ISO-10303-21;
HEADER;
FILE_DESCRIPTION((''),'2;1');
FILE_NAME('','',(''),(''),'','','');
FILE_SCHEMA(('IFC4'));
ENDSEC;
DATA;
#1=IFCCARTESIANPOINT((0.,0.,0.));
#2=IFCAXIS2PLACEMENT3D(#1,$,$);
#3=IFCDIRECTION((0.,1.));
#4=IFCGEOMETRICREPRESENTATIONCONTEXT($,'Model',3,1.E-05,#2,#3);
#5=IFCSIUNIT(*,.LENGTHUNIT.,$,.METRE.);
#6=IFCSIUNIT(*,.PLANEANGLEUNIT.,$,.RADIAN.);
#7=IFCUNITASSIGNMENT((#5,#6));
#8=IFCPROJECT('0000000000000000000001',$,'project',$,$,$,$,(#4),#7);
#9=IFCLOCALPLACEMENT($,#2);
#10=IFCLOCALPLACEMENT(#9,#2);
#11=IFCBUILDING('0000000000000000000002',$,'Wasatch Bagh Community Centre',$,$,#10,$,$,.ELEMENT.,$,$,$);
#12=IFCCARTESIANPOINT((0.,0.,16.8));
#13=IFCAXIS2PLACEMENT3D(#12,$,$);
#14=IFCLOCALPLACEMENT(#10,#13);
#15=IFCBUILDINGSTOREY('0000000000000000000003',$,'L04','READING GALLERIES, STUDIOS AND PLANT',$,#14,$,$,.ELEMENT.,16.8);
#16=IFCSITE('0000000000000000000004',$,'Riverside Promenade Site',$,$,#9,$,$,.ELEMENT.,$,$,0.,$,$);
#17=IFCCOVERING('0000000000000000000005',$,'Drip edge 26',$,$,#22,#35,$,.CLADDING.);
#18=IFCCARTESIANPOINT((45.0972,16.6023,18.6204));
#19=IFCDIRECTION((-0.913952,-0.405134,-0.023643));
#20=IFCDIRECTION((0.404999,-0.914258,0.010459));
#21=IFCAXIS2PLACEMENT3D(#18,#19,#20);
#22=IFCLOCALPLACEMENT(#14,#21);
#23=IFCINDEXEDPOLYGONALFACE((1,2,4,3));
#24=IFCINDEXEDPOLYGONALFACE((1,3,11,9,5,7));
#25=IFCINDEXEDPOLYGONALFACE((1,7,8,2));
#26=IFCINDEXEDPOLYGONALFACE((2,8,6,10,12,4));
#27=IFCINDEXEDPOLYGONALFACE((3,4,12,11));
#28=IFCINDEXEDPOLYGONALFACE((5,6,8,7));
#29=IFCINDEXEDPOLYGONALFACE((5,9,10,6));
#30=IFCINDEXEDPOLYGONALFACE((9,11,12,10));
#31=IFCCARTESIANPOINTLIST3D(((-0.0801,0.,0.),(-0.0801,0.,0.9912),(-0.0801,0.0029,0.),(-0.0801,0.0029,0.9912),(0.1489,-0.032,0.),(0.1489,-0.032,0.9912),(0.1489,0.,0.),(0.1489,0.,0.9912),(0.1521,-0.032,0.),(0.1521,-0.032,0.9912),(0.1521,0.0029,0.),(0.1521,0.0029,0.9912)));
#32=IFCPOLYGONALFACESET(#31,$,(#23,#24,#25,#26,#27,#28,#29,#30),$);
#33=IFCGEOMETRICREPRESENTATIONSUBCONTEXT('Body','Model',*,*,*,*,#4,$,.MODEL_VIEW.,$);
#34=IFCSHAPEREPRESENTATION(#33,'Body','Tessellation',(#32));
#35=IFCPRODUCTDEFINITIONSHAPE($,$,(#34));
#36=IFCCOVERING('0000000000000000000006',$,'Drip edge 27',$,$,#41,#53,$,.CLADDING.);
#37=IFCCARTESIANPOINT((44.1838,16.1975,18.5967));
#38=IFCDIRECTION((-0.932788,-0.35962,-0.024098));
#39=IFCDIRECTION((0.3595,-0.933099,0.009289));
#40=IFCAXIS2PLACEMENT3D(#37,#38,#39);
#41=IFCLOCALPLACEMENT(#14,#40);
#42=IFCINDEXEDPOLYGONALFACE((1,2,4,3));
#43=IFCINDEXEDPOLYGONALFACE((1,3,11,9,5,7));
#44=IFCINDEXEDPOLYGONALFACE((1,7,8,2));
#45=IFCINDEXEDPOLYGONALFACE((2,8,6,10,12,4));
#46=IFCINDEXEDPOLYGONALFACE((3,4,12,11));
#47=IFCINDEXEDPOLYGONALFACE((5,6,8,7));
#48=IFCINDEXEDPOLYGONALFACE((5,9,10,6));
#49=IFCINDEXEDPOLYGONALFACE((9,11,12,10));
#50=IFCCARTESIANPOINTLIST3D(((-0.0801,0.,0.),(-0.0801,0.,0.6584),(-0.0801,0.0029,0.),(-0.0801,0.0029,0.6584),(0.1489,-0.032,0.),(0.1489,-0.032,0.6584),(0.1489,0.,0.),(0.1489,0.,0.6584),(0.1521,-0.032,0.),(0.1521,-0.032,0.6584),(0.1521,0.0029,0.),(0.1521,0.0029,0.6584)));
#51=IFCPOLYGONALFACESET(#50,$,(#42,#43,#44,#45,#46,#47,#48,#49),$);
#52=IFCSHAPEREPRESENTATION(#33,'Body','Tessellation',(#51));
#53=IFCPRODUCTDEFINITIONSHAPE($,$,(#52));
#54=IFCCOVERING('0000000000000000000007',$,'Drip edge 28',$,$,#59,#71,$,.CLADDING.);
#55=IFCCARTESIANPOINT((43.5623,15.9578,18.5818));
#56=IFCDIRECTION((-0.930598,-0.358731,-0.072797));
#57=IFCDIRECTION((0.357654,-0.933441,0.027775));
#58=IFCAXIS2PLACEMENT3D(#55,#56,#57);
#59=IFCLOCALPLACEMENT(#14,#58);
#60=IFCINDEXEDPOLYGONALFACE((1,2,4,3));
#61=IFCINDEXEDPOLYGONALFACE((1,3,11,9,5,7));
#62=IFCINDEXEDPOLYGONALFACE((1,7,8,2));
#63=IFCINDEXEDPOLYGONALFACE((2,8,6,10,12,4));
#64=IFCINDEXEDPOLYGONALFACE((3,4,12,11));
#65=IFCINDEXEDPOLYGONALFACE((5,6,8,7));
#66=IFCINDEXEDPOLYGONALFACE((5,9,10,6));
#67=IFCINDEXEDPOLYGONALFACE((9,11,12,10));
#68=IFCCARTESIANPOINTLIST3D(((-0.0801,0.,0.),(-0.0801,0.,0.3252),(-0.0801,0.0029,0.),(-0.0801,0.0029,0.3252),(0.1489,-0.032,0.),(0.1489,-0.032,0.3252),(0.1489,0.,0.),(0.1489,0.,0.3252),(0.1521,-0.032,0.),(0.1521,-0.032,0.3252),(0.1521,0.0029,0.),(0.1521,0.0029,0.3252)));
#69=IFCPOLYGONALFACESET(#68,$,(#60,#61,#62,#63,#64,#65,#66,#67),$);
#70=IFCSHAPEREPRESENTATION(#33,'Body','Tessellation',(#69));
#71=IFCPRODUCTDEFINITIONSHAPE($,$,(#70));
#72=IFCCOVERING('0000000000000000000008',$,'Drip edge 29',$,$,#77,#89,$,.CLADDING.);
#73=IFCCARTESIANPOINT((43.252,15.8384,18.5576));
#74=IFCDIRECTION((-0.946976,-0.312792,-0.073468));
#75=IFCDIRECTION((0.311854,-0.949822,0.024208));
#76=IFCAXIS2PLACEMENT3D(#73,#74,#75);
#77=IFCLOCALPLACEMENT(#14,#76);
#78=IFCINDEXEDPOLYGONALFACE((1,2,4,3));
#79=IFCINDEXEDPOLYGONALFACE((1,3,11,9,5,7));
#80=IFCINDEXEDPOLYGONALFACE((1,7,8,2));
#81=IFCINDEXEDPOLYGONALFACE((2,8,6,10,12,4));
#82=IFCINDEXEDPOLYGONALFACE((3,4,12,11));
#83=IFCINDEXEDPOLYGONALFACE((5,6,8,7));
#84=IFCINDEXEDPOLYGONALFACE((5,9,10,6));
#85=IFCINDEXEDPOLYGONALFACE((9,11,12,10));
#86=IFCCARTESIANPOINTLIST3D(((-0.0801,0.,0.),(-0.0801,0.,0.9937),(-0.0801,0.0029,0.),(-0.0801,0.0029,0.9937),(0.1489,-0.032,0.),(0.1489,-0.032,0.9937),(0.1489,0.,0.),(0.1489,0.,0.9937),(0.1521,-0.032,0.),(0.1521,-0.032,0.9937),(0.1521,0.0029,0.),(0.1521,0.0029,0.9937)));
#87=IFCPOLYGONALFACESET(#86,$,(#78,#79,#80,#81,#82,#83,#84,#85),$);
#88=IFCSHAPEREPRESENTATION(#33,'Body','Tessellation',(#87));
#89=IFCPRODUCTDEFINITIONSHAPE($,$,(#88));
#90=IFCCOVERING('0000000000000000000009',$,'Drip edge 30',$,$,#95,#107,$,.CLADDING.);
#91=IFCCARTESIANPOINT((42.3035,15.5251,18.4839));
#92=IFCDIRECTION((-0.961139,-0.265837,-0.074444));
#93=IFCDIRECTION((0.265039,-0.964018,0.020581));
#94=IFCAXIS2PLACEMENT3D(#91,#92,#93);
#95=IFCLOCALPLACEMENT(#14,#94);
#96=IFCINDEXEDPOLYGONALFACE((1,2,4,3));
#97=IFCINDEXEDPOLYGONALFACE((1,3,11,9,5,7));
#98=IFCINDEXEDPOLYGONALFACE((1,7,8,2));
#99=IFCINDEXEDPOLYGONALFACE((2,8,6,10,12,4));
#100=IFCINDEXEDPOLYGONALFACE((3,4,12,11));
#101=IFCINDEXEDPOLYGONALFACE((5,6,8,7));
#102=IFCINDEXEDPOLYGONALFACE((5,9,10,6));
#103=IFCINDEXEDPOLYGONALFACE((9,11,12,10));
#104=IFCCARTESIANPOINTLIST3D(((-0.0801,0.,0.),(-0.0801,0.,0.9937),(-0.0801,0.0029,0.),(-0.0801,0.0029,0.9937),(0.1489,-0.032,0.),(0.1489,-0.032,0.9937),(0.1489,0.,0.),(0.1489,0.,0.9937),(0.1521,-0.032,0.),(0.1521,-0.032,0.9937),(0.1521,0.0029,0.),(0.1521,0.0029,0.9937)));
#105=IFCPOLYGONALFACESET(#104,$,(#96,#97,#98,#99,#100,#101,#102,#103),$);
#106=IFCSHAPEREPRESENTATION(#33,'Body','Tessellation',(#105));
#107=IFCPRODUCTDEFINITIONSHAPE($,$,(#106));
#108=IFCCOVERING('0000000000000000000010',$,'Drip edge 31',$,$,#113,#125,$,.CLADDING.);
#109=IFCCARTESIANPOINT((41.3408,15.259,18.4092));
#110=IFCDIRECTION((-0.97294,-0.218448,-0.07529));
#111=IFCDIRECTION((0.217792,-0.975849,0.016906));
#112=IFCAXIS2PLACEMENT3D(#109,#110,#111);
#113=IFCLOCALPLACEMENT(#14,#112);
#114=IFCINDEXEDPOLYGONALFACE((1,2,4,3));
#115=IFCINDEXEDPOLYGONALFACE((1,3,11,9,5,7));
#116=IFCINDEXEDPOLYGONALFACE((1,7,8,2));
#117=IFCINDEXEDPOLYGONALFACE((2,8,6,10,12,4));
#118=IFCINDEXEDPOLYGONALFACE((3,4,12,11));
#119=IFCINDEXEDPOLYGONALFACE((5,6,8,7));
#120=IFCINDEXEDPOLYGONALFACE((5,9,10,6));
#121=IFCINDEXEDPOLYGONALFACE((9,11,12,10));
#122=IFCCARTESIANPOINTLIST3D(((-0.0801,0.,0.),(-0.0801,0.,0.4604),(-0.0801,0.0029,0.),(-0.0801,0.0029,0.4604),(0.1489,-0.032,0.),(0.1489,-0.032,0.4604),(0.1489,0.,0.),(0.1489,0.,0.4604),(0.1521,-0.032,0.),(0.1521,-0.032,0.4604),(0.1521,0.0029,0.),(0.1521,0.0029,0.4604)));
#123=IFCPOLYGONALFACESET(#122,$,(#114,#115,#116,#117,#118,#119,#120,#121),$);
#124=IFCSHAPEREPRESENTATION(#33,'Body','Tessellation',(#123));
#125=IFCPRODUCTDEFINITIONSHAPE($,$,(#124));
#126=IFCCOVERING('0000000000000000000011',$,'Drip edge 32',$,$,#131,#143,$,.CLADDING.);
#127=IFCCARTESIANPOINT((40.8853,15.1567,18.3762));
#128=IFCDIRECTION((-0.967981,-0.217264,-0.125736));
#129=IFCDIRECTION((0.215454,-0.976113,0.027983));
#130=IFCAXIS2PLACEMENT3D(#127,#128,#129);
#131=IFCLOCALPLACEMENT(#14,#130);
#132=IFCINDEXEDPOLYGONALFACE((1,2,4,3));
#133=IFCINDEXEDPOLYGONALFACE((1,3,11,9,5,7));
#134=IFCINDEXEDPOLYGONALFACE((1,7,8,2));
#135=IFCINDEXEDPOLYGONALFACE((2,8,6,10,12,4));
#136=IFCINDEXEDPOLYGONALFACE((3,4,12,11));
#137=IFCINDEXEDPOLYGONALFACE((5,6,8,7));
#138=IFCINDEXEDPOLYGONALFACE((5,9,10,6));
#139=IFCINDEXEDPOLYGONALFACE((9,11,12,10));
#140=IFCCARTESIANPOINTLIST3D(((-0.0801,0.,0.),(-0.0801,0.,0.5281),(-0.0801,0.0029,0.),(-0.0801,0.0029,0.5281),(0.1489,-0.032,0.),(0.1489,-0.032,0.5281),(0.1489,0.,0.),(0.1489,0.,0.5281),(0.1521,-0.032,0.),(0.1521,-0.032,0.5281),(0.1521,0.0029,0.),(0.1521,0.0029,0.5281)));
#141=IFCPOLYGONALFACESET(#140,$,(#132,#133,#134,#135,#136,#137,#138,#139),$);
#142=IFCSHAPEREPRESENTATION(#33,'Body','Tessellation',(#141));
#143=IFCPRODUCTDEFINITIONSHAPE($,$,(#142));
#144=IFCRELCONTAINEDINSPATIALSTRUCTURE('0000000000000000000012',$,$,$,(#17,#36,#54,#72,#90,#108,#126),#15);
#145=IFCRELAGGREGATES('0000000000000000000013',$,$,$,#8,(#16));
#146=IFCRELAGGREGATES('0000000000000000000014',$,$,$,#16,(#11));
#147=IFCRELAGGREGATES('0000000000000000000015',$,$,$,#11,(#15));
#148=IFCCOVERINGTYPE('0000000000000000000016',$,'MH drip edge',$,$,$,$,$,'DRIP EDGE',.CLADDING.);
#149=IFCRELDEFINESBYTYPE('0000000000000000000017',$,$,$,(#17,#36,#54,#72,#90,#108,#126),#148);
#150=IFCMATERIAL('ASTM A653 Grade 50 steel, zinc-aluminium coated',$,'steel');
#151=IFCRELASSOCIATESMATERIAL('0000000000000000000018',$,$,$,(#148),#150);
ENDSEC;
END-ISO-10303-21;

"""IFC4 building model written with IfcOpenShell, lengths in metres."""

from ifc_helpers import new_model, si_unit, direction, frame, origin, place, context, subcontext, project, spatial, polyline, outline, extrude, material, material_profile, profile_set, type_object, element, save


model = new_model("IFC4")

# Units and contexts
model_context = context("Model", 3, precision=1e-05, world=origin(), true_north=direction((0.0, 1.0)))
body_context = subcontext(model_context, "Body", "Model", "MODEL_VIEW")
ifc_project = project(units=[si_unit("LENGTHUNIT", "METRE"), si_unit("PLANEANGLEUNIT", "RADIAN")], contexts=[model_context])

# Site, building, storey
site_placement = place(None, origin())
site = spatial("IfcSite", under=ifc_project, at=site_placement, Name="Riverside Promenade Site", CompositionType="ELEMENT", RefElevation=0.0)
building_placement = place(site_placement, origin())
building = spatial("IfcBuilding", under=site, at=building_placement, Name="Wasatch Bagh Community Centre", CompositionType="ELEMENT")
storey_placement = place(building_placement, frame((0.0, 0.0, 16.8)))
storey = spatial("IfcBuildingStorey", under=building, at=storey_placement, Name="L04", Description="READING GALLERIES, STUDIOS AND PLANT", CompositionType="ELEMENT", Elevation=16.8)

# Coverings
ifc_material_1 = material(Name="ASTM A653 Grade 50 steel, zinc-aluminium coated", Category="steel")
ifc_material_profile_1 = material_profile(ifc_material_1, outline(polyline([(-0.0801, 0.0029), (0.1521, 0.0029), (0.1521, -0.032), (0.1489, -0.032), (0.1489, 0.0), (-0.0801, 0.0), (-0.0801, 0.0029)])), Name="DRIP EDGE")
ifc_profile_set_1 = profile_set([ifc_material_profile_1], Name="ASTM A653 Grade 50 steel, zinc-aluminium coated")
covering_type_1 = type_object("IfcCoveringType", Name="MH drip edge", ElementType="DRIP EDGE", PredefinedType="CLADDING", material=ifc_profile_set_1)
covering_1_placement = place(storey_placement, frame((45.0972, 16.6023, 18.6204), z_axis=(-0.913952, -0.405134, -0.023643), x_axis=(0.404999, -0.914258, 0.010459)))
element("IfcCovering", 1, at=covering_1_placement, inside=storey, type_object=covering_type_1, Name="Drip edge 26", PredefinedType="CLADDING", context=body_context, shape_type="SweptSolid", body=[
    extrude(outline(polyline([(-0.0801, 0.0029), (0.1521, 0.0029), (0.1521, -0.032), (0.1489, -0.032), (0.1489, 0.0), (-0.0801, 0.0), (-0.0801, 0.0029)])), origin(), (0.0, 0.0, 1.0), 0.9912),
])
covering_2_placement = place(storey_placement, frame((44.1838, 16.1975, 18.5967), z_axis=(-0.932788, -0.35962, -0.024098), x_axis=(0.3595, -0.933099, 0.009289)))
element("IfcCovering", 2, at=covering_2_placement, inside=storey, type_object=covering_type_1, Name="Drip edge 27", PredefinedType="CLADDING", context=body_context, shape_type="SweptSolid", body=[
    extrude(outline(polyline([(-0.0801, 0.0029), (0.1521, 0.0029), (0.1521, -0.032), (0.1489, -0.032), (0.1489, 0.0), (-0.0801, 0.0), (-0.0801, 0.0029)])), origin(), (0.0, 0.0, 1.0), 0.6584),
])
covering_3_placement = place(storey_placement, frame((43.5623, 15.9578, 18.5818), z_axis=(-0.930598, -0.358731, -0.072797), x_axis=(0.357654, -0.933441, 0.027775)))
element("IfcCovering", 3, at=covering_3_placement, inside=storey, type_object=covering_type_1, Name="Drip edge 28", PredefinedType="CLADDING", context=body_context, shape_type="SweptSolid", body=[
    extrude(outline(polyline([(-0.0801, 0.0029), (0.1521, 0.0029), (0.1521, -0.032), (0.1489, -0.032), (0.1489, 0.0), (-0.0801, 0.0), (-0.0801, 0.0029)])), origin(), (0.0, 0.0, 1.0), 0.3252),
])
for number, where, z_axis, x_axis, name in (
    (4, (43.252, 15.8384, 18.5576), (-0.946976, -0.312792, -0.073468), (0.311854, -0.949822, 0.024208), "Drip edge 29"),
    (5, (42.3035, 15.5251, 18.4839), (-0.961139, -0.265837, -0.074444), (0.265039, -0.964018, 0.020581), "Drip edge 30"),
):
    element("IfcCovering", number, at=place(storey_placement, frame(where, z_axis=z_axis, x_axis=x_axis)), inside=storey, type_object=covering_type_1, Name=name, PredefinedType="CLADDING", context=body_context, shape_type="SweptSolid", body=[
        extrude(outline(polyline([(-0.0801, 0.0029), (0.1521, 0.0029), (0.1521, -0.032), (0.1489, -0.032), (0.1489, 0.0), (-0.0801, 0.0), (-0.0801, 0.0029)])), origin(), (0.0, 0.0, 1.0), 0.9937),
    ])
covering_4_placement = place(storey_placement, frame((41.3408, 15.259, 18.4092), z_axis=(-0.97294, -0.218448, -0.07529), x_axis=(0.217792, -0.975849, 0.016906)))
element("IfcCovering", 6, at=covering_4_placement, inside=storey, type_object=covering_type_1, Name="Drip edge 31", PredefinedType="CLADDING", context=body_context, shape_type="SweptSolid", body=[
    extrude(outline(polyline([(-0.0801, 0.0029), (0.1521, 0.0029), (0.1521, -0.032), (0.1489, -0.032), (0.1489, 0.0), (-0.0801, 0.0), (-0.0801, 0.0029)])), origin(), (0.0, 0.0, 1.0), 0.4604),
])
covering_5_placement = place(storey_placement, frame((40.8853, 15.1567, 18.3762), z_axis=(-0.967981, -0.217264, -0.125736), x_axis=(0.215454, -0.976113, 0.027983)))
element("IfcCovering", 7, at=covering_5_placement, inside=storey, type_object=covering_type_1, Name="Drip edge 32", PredefinedType="CLADDING", context=body_context, shape_type="SweptSolid", body=[
    extrude(outline(polyline([(-0.0801, 0.0029), (0.1521, 0.0029), (0.1521, -0.032), (0.1489, -0.032), (0.1489, 0.0), (-0.0801, 0.0), (-0.0801, 0.0029)])), origin(), (0.0, 0.0, 1.0), 0.5281),
])

save(model, "model.ifc")
